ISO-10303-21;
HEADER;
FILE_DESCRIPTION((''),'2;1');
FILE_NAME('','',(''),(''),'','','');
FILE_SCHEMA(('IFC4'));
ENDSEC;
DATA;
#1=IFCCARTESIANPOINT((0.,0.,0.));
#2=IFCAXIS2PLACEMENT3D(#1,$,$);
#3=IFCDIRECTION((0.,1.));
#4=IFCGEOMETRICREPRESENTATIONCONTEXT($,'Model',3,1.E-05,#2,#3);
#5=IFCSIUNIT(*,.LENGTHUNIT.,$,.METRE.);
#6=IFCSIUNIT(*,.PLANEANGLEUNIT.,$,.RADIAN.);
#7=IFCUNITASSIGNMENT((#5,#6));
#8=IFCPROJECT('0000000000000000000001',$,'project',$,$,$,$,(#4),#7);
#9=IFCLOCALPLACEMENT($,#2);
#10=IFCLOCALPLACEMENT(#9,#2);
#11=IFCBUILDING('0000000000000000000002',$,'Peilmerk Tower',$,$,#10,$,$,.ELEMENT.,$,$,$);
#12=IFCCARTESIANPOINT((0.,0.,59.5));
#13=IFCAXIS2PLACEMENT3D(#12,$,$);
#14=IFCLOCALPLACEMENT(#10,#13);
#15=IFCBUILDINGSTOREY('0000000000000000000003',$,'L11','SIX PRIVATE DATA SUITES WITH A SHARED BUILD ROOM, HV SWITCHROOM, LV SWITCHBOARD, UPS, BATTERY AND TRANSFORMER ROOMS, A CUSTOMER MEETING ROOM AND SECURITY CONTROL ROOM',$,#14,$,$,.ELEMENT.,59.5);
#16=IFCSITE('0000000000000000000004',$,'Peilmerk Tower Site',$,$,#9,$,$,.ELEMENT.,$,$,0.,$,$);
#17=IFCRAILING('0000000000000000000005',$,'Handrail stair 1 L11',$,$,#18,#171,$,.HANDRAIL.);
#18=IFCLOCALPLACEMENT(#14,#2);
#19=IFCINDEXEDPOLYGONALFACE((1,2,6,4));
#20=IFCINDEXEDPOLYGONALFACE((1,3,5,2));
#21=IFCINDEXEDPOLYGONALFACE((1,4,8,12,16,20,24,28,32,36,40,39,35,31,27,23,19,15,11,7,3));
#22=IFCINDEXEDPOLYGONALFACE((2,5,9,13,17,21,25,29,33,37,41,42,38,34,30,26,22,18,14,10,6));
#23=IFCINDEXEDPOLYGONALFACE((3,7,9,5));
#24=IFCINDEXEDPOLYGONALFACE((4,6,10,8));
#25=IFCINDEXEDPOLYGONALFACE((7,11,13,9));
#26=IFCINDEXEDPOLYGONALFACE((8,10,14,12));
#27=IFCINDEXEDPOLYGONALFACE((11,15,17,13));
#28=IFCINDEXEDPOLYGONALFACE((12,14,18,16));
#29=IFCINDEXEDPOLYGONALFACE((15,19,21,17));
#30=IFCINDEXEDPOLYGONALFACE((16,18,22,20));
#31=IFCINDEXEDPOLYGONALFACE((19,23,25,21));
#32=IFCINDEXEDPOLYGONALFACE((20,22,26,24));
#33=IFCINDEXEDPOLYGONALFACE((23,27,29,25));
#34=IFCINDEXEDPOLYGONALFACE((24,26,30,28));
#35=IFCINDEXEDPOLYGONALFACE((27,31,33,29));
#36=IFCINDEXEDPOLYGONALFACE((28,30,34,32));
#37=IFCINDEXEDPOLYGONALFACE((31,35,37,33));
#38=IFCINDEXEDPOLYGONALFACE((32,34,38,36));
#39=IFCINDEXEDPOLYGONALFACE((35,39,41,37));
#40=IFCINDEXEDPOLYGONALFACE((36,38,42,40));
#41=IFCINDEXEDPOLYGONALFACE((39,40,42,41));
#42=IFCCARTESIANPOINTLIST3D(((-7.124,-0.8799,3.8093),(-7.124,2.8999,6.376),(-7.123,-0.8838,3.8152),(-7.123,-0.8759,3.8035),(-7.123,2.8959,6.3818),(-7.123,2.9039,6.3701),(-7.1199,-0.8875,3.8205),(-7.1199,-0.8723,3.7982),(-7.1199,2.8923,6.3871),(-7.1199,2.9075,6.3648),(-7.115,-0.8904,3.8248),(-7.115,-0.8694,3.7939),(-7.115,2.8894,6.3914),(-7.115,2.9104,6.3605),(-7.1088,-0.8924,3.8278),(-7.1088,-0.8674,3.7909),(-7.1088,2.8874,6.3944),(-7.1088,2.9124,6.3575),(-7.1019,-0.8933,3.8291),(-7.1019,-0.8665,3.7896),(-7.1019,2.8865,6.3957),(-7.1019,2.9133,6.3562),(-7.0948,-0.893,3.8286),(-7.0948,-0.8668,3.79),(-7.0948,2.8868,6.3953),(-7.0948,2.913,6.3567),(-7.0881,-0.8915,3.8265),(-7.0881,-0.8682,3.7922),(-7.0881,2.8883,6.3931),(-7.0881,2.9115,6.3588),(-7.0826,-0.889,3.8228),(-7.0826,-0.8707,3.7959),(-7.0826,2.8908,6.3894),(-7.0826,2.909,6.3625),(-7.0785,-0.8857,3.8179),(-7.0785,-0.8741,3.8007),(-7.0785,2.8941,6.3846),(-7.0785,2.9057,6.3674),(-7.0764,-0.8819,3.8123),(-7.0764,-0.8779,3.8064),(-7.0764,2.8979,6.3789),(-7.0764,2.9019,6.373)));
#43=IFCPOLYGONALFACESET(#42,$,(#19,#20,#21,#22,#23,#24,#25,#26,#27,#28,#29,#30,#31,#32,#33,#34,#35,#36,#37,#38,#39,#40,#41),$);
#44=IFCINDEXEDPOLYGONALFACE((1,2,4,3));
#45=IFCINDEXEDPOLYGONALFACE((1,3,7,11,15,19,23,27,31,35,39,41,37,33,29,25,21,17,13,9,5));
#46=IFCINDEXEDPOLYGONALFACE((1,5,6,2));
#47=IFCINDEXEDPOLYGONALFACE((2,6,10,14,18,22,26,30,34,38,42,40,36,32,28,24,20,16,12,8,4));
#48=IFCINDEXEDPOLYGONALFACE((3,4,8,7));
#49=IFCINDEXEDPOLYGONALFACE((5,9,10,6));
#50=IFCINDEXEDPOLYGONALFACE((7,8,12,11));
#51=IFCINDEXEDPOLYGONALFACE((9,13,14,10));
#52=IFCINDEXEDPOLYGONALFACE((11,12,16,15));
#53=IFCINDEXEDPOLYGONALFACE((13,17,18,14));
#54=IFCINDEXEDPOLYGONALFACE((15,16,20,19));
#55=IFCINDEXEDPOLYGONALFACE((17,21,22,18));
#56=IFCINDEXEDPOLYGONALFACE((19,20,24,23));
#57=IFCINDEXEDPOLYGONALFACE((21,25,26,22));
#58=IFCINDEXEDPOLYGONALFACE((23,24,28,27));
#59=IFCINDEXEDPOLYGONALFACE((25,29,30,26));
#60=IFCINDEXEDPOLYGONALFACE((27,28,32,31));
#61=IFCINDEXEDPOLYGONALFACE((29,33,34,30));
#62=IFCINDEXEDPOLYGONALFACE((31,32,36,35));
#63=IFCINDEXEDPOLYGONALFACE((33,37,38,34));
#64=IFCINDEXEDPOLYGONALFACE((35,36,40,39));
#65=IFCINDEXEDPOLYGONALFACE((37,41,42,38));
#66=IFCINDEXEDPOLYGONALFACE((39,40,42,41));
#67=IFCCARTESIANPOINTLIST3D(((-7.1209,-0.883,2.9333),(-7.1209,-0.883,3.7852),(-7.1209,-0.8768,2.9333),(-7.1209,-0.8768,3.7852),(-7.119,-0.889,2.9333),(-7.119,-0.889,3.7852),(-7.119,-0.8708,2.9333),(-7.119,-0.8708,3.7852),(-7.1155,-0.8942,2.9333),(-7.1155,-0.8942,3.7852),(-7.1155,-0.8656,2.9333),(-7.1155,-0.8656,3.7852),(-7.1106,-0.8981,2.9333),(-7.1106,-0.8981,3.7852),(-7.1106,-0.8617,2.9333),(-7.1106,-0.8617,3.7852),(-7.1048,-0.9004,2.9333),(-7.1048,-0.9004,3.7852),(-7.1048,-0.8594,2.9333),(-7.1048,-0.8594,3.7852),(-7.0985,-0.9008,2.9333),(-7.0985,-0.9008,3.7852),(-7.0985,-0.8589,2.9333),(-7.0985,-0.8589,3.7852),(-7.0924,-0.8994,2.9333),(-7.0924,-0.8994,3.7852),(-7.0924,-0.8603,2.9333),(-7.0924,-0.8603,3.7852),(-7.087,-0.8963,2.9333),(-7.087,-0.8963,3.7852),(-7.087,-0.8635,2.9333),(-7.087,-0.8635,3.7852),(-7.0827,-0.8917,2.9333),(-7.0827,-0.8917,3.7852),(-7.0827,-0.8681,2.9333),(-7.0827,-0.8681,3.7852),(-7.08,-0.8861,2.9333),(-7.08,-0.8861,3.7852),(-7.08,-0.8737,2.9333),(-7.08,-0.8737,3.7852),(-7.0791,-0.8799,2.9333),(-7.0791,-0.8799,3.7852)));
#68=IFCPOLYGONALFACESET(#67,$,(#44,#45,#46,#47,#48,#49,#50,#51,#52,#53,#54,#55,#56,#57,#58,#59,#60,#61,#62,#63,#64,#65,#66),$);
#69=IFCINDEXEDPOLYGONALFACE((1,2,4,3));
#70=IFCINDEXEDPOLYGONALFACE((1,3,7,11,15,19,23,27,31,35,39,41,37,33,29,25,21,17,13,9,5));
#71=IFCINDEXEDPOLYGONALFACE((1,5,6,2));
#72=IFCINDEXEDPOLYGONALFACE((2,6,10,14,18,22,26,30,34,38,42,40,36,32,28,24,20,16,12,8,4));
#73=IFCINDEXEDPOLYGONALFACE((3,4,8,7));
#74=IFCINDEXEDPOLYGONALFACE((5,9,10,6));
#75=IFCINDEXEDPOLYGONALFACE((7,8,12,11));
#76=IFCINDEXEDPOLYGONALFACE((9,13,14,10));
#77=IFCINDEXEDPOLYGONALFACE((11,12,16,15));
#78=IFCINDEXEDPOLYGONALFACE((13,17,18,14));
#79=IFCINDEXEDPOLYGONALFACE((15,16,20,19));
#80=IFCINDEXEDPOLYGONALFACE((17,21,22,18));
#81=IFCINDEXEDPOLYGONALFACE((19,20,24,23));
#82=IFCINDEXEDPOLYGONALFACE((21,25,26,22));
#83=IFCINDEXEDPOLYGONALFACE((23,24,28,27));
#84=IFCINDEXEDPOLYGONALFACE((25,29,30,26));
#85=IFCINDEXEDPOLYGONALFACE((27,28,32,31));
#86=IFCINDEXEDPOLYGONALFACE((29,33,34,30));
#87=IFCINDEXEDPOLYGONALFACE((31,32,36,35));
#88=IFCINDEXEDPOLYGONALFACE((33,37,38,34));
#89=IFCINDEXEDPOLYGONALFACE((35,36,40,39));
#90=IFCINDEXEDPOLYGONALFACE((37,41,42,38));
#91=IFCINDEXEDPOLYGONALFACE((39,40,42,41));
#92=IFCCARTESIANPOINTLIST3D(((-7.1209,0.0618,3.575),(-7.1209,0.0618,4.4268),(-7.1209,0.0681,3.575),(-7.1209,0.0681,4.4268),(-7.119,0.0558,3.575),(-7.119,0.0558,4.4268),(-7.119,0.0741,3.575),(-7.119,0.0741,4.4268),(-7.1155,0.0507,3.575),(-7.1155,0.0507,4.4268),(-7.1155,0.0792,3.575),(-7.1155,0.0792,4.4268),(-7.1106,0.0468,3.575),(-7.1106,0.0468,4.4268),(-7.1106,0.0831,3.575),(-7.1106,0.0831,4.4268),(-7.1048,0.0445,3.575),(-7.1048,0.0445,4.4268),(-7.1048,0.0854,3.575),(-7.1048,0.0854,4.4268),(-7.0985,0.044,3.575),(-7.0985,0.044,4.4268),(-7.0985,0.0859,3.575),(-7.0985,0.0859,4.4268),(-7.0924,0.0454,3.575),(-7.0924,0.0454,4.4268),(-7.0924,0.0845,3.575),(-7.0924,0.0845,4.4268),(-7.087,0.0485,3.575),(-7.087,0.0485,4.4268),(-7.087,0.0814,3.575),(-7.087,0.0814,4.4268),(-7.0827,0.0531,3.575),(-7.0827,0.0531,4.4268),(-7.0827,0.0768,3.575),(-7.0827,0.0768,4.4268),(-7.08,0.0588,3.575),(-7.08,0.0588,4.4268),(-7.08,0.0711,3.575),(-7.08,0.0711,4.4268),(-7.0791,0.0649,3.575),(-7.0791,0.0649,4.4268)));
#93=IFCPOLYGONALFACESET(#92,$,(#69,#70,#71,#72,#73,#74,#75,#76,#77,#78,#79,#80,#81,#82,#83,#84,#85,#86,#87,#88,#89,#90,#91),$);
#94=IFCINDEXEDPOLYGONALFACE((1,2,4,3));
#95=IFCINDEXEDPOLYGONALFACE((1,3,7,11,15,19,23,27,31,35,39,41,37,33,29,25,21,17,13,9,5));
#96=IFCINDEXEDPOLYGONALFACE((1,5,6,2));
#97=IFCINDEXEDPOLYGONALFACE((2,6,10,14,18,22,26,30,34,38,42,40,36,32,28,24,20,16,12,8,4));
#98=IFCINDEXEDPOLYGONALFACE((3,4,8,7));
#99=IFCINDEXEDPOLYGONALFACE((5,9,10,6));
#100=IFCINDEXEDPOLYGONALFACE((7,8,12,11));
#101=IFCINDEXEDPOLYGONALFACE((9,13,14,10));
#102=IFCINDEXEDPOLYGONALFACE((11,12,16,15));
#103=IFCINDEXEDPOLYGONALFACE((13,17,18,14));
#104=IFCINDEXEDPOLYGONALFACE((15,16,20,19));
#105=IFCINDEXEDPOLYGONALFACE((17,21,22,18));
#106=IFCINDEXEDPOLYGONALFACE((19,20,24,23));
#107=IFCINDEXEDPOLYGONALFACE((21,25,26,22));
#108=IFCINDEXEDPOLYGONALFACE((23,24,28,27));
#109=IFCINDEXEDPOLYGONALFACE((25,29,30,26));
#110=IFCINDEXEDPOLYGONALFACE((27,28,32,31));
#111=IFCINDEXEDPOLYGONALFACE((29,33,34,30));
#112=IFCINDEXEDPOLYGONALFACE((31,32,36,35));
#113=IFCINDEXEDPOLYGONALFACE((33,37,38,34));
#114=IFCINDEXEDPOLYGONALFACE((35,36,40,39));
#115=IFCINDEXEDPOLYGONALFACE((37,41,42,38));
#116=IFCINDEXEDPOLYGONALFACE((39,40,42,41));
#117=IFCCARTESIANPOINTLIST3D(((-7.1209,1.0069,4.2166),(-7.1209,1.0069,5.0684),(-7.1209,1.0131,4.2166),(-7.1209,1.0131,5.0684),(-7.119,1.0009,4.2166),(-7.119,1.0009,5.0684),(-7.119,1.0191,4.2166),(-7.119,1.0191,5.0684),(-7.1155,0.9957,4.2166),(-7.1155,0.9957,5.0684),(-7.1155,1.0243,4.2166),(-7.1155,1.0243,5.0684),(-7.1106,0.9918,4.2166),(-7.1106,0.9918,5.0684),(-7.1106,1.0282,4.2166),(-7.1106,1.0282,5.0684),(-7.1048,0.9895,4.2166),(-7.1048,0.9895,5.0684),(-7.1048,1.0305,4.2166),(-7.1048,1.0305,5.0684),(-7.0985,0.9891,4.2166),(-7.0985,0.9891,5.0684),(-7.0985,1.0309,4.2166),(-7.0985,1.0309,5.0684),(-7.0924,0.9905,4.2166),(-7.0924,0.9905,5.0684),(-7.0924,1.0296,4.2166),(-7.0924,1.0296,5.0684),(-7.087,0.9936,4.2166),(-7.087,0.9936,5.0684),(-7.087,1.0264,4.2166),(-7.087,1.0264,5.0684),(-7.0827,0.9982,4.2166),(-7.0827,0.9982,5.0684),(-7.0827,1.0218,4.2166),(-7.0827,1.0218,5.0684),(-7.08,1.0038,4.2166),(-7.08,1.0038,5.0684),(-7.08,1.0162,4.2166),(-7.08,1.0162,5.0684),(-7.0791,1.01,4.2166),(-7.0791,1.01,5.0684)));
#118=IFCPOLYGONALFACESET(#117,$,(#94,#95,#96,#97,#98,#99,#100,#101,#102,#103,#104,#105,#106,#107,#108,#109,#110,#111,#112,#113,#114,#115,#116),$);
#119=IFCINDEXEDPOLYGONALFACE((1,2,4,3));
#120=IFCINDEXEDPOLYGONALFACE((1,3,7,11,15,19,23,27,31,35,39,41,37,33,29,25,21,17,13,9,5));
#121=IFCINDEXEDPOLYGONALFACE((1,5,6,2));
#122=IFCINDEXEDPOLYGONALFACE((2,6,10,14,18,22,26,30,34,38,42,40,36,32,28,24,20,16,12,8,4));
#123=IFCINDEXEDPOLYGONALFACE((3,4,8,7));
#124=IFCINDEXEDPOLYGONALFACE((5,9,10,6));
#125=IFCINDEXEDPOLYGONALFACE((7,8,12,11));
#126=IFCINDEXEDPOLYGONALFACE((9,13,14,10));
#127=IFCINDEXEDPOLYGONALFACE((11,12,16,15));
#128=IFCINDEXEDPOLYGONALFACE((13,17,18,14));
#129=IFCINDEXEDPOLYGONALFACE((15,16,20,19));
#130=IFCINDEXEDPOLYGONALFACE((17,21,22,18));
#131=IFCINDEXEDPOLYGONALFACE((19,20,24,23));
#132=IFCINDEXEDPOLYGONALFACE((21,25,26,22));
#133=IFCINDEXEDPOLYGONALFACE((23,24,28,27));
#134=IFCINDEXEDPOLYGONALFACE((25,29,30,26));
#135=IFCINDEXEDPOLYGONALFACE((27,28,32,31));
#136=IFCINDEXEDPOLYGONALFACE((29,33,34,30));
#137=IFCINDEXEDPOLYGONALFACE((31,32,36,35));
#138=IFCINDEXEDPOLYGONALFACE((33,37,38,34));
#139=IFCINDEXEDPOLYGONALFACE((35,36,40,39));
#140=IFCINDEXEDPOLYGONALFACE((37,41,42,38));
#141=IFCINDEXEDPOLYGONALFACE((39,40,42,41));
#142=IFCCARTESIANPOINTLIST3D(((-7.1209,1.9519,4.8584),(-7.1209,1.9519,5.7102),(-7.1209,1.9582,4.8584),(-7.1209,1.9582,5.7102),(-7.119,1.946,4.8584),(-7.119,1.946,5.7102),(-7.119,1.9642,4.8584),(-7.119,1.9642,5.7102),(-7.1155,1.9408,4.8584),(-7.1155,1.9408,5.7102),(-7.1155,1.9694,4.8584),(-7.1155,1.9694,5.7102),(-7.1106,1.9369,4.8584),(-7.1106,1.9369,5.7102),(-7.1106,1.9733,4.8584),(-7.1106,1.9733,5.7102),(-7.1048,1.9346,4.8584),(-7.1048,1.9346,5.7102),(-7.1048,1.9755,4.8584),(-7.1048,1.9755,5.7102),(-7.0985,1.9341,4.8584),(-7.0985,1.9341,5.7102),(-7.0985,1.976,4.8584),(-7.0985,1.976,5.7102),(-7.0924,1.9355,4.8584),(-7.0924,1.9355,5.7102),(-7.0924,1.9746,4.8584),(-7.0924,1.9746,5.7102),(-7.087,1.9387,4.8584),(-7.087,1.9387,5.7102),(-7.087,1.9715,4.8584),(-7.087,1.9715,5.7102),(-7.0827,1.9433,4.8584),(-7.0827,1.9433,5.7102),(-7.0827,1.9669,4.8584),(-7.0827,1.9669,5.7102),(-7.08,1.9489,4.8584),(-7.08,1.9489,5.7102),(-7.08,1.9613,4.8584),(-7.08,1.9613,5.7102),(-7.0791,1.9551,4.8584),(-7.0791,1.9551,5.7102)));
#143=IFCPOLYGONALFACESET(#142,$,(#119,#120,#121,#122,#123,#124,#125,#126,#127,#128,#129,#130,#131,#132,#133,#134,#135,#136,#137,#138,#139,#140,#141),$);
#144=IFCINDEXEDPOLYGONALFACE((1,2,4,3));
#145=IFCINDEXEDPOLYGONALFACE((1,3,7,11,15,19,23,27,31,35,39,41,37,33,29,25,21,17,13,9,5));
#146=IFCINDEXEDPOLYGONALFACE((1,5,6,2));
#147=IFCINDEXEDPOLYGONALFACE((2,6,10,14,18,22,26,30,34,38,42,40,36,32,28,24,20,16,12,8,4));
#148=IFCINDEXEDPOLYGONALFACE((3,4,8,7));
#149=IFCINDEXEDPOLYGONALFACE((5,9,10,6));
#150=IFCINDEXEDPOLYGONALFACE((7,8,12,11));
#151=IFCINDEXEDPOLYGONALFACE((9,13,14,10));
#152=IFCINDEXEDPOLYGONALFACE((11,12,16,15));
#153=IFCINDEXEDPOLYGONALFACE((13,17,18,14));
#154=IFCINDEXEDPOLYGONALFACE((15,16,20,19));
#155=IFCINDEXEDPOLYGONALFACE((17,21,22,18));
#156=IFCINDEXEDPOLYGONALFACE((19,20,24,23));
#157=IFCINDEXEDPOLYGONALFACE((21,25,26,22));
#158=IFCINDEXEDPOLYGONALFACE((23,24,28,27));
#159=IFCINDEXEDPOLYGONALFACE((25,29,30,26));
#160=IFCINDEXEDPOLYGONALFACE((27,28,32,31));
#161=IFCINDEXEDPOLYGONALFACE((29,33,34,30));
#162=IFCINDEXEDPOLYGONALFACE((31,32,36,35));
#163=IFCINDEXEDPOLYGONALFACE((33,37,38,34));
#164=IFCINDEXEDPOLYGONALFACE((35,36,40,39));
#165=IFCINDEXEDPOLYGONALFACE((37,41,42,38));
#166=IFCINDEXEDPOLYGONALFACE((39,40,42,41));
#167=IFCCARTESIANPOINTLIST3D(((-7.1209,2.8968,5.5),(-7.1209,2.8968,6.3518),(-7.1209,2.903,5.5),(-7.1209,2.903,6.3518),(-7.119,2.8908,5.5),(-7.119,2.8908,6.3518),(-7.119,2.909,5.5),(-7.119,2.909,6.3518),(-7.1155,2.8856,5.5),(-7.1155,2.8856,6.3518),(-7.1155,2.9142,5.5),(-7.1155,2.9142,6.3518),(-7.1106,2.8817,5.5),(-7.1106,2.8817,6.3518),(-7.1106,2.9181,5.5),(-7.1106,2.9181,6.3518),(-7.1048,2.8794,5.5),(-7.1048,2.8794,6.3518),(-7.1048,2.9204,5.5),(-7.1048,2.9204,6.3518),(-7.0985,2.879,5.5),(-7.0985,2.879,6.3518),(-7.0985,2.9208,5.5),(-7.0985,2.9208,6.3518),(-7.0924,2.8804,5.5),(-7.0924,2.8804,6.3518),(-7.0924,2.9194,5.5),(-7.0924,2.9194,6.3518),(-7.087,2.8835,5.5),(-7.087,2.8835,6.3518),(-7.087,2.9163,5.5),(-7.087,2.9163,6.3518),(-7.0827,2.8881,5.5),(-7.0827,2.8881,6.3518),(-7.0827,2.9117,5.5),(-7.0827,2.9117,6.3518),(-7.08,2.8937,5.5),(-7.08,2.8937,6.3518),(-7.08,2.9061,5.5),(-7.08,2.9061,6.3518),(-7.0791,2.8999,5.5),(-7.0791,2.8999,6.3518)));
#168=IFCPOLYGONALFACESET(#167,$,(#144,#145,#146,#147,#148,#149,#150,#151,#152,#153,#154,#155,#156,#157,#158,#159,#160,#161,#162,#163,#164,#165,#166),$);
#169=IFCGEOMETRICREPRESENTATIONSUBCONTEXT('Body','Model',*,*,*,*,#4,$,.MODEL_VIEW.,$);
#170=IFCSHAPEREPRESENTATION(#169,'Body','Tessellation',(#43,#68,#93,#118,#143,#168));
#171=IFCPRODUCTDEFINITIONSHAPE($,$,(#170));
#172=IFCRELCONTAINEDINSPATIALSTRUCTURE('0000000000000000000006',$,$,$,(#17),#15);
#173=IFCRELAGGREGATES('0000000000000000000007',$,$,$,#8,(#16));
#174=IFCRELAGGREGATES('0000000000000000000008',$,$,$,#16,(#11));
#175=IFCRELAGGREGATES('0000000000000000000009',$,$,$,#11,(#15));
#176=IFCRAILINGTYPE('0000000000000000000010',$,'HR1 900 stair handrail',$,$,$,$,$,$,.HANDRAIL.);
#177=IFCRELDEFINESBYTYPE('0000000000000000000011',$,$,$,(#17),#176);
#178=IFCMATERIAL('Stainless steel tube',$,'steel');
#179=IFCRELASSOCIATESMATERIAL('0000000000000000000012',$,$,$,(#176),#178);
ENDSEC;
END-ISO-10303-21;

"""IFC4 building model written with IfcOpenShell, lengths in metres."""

from ifc_helpers import new_model, si_unit, direction, frame, origin, origin_2d, place, context, subcontext, project, spatial, circle, extrude, material, type_object, element, save


model = new_model("IFC4")

# Units and contexts
model_context = context("Model", 3, precision=1e-05, world=origin(), true_north=direction((0.0, 1.0)))
body_context = subcontext(model_context, "Body", "Model", "MODEL_VIEW")
ifc_project = project(units=[si_unit("LENGTHUNIT", "METRE"), si_unit("PLANEANGLEUNIT", "RADIAN")], contexts=[model_context])

# Site, building, storey
site_placement = place(None, origin())
site = spatial("IfcSite", under=ifc_project, at=site_placement, Name="Peilmerk Tower Site", CompositionType="ELEMENT", RefElevation=0.0)
building_placement = place(site_placement, origin())
building = spatial("IfcBuilding", under=site, at=building_placement, Name="Peilmerk Tower", CompositionType="ELEMENT")
storey_placement = place(building_placement, frame((0.0, 0.0, 59.5)))
storey = spatial("IfcBuildingStorey", under=building, at=storey_placement, Name="L11", Description="SIX PRIVATE DATA SUITES WITH A SHARED BUILD ROOM, HV SWITCHROOM, LV SWITCHBOARD, UPS, BATTERY AND TRANSFORMER ROOMS, A CUSTOMER MEETING ROOM AND SECURITY CONTROL ROOM", CompositionType="ELEMENT", Elevation=59.5)

# Railing
ifc_material_1 = material(Name="Stainless steel tube", Category="steel")
railing_type_1 = type_object("IfcRailingType", Name="HR1 900 stair handrail", PredefinedType="HANDRAIL", material=ifc_material_1)
railing_1_placement = place(storey_placement, frame((-7.1001, -0.8799, 2.9333)))
element("IfcRailing", 1, at=railing_1_placement, inside=storey, type_object=railing_type_1, Name="Handrail stair 1 L11", PredefinedType="HANDRAIL", context=body_context, shape_type="SweptSolid", body=[
    extrude(circle(Radius=0.0239, at=origin_2d()), frame((0.0, 0.0, 0.876), z_axis=(0.0, 0.827293, 0.561771), x_axis=(-1.0, 0.0, 0.0)), (0.0, 0.0, 1.0), 4.5688),
    extrude(circle(Radius=0.021, at=origin_2d()), origin(), (0.0, 0.0, 1.0), 0.8518),
    extrude(circle(Radius=0.021, at=origin_2d()), frame((0.0, 0.9448, 0.6416)), (0.0, 0.0, 1.0), 0.8518),
    extrude(circle(Radius=0.021, at=origin_2d()), frame((0.0, 1.8899, 1.2832)), (0.0, 0.0, 1.0), 0.8518),
    extrude(circle(Radius=0.021, at=origin_2d()), frame((0.0, 2.835, 1.925)), (0.0, 0.0, 1.0), 0.8518),
    extrude(circle(Radius=0.021, at=origin_2d()), frame((0.0, 3.7798, 2.5667)), (0.0, 0.0, 1.0), 0.8518),
])

save(model, "model.ifc")
